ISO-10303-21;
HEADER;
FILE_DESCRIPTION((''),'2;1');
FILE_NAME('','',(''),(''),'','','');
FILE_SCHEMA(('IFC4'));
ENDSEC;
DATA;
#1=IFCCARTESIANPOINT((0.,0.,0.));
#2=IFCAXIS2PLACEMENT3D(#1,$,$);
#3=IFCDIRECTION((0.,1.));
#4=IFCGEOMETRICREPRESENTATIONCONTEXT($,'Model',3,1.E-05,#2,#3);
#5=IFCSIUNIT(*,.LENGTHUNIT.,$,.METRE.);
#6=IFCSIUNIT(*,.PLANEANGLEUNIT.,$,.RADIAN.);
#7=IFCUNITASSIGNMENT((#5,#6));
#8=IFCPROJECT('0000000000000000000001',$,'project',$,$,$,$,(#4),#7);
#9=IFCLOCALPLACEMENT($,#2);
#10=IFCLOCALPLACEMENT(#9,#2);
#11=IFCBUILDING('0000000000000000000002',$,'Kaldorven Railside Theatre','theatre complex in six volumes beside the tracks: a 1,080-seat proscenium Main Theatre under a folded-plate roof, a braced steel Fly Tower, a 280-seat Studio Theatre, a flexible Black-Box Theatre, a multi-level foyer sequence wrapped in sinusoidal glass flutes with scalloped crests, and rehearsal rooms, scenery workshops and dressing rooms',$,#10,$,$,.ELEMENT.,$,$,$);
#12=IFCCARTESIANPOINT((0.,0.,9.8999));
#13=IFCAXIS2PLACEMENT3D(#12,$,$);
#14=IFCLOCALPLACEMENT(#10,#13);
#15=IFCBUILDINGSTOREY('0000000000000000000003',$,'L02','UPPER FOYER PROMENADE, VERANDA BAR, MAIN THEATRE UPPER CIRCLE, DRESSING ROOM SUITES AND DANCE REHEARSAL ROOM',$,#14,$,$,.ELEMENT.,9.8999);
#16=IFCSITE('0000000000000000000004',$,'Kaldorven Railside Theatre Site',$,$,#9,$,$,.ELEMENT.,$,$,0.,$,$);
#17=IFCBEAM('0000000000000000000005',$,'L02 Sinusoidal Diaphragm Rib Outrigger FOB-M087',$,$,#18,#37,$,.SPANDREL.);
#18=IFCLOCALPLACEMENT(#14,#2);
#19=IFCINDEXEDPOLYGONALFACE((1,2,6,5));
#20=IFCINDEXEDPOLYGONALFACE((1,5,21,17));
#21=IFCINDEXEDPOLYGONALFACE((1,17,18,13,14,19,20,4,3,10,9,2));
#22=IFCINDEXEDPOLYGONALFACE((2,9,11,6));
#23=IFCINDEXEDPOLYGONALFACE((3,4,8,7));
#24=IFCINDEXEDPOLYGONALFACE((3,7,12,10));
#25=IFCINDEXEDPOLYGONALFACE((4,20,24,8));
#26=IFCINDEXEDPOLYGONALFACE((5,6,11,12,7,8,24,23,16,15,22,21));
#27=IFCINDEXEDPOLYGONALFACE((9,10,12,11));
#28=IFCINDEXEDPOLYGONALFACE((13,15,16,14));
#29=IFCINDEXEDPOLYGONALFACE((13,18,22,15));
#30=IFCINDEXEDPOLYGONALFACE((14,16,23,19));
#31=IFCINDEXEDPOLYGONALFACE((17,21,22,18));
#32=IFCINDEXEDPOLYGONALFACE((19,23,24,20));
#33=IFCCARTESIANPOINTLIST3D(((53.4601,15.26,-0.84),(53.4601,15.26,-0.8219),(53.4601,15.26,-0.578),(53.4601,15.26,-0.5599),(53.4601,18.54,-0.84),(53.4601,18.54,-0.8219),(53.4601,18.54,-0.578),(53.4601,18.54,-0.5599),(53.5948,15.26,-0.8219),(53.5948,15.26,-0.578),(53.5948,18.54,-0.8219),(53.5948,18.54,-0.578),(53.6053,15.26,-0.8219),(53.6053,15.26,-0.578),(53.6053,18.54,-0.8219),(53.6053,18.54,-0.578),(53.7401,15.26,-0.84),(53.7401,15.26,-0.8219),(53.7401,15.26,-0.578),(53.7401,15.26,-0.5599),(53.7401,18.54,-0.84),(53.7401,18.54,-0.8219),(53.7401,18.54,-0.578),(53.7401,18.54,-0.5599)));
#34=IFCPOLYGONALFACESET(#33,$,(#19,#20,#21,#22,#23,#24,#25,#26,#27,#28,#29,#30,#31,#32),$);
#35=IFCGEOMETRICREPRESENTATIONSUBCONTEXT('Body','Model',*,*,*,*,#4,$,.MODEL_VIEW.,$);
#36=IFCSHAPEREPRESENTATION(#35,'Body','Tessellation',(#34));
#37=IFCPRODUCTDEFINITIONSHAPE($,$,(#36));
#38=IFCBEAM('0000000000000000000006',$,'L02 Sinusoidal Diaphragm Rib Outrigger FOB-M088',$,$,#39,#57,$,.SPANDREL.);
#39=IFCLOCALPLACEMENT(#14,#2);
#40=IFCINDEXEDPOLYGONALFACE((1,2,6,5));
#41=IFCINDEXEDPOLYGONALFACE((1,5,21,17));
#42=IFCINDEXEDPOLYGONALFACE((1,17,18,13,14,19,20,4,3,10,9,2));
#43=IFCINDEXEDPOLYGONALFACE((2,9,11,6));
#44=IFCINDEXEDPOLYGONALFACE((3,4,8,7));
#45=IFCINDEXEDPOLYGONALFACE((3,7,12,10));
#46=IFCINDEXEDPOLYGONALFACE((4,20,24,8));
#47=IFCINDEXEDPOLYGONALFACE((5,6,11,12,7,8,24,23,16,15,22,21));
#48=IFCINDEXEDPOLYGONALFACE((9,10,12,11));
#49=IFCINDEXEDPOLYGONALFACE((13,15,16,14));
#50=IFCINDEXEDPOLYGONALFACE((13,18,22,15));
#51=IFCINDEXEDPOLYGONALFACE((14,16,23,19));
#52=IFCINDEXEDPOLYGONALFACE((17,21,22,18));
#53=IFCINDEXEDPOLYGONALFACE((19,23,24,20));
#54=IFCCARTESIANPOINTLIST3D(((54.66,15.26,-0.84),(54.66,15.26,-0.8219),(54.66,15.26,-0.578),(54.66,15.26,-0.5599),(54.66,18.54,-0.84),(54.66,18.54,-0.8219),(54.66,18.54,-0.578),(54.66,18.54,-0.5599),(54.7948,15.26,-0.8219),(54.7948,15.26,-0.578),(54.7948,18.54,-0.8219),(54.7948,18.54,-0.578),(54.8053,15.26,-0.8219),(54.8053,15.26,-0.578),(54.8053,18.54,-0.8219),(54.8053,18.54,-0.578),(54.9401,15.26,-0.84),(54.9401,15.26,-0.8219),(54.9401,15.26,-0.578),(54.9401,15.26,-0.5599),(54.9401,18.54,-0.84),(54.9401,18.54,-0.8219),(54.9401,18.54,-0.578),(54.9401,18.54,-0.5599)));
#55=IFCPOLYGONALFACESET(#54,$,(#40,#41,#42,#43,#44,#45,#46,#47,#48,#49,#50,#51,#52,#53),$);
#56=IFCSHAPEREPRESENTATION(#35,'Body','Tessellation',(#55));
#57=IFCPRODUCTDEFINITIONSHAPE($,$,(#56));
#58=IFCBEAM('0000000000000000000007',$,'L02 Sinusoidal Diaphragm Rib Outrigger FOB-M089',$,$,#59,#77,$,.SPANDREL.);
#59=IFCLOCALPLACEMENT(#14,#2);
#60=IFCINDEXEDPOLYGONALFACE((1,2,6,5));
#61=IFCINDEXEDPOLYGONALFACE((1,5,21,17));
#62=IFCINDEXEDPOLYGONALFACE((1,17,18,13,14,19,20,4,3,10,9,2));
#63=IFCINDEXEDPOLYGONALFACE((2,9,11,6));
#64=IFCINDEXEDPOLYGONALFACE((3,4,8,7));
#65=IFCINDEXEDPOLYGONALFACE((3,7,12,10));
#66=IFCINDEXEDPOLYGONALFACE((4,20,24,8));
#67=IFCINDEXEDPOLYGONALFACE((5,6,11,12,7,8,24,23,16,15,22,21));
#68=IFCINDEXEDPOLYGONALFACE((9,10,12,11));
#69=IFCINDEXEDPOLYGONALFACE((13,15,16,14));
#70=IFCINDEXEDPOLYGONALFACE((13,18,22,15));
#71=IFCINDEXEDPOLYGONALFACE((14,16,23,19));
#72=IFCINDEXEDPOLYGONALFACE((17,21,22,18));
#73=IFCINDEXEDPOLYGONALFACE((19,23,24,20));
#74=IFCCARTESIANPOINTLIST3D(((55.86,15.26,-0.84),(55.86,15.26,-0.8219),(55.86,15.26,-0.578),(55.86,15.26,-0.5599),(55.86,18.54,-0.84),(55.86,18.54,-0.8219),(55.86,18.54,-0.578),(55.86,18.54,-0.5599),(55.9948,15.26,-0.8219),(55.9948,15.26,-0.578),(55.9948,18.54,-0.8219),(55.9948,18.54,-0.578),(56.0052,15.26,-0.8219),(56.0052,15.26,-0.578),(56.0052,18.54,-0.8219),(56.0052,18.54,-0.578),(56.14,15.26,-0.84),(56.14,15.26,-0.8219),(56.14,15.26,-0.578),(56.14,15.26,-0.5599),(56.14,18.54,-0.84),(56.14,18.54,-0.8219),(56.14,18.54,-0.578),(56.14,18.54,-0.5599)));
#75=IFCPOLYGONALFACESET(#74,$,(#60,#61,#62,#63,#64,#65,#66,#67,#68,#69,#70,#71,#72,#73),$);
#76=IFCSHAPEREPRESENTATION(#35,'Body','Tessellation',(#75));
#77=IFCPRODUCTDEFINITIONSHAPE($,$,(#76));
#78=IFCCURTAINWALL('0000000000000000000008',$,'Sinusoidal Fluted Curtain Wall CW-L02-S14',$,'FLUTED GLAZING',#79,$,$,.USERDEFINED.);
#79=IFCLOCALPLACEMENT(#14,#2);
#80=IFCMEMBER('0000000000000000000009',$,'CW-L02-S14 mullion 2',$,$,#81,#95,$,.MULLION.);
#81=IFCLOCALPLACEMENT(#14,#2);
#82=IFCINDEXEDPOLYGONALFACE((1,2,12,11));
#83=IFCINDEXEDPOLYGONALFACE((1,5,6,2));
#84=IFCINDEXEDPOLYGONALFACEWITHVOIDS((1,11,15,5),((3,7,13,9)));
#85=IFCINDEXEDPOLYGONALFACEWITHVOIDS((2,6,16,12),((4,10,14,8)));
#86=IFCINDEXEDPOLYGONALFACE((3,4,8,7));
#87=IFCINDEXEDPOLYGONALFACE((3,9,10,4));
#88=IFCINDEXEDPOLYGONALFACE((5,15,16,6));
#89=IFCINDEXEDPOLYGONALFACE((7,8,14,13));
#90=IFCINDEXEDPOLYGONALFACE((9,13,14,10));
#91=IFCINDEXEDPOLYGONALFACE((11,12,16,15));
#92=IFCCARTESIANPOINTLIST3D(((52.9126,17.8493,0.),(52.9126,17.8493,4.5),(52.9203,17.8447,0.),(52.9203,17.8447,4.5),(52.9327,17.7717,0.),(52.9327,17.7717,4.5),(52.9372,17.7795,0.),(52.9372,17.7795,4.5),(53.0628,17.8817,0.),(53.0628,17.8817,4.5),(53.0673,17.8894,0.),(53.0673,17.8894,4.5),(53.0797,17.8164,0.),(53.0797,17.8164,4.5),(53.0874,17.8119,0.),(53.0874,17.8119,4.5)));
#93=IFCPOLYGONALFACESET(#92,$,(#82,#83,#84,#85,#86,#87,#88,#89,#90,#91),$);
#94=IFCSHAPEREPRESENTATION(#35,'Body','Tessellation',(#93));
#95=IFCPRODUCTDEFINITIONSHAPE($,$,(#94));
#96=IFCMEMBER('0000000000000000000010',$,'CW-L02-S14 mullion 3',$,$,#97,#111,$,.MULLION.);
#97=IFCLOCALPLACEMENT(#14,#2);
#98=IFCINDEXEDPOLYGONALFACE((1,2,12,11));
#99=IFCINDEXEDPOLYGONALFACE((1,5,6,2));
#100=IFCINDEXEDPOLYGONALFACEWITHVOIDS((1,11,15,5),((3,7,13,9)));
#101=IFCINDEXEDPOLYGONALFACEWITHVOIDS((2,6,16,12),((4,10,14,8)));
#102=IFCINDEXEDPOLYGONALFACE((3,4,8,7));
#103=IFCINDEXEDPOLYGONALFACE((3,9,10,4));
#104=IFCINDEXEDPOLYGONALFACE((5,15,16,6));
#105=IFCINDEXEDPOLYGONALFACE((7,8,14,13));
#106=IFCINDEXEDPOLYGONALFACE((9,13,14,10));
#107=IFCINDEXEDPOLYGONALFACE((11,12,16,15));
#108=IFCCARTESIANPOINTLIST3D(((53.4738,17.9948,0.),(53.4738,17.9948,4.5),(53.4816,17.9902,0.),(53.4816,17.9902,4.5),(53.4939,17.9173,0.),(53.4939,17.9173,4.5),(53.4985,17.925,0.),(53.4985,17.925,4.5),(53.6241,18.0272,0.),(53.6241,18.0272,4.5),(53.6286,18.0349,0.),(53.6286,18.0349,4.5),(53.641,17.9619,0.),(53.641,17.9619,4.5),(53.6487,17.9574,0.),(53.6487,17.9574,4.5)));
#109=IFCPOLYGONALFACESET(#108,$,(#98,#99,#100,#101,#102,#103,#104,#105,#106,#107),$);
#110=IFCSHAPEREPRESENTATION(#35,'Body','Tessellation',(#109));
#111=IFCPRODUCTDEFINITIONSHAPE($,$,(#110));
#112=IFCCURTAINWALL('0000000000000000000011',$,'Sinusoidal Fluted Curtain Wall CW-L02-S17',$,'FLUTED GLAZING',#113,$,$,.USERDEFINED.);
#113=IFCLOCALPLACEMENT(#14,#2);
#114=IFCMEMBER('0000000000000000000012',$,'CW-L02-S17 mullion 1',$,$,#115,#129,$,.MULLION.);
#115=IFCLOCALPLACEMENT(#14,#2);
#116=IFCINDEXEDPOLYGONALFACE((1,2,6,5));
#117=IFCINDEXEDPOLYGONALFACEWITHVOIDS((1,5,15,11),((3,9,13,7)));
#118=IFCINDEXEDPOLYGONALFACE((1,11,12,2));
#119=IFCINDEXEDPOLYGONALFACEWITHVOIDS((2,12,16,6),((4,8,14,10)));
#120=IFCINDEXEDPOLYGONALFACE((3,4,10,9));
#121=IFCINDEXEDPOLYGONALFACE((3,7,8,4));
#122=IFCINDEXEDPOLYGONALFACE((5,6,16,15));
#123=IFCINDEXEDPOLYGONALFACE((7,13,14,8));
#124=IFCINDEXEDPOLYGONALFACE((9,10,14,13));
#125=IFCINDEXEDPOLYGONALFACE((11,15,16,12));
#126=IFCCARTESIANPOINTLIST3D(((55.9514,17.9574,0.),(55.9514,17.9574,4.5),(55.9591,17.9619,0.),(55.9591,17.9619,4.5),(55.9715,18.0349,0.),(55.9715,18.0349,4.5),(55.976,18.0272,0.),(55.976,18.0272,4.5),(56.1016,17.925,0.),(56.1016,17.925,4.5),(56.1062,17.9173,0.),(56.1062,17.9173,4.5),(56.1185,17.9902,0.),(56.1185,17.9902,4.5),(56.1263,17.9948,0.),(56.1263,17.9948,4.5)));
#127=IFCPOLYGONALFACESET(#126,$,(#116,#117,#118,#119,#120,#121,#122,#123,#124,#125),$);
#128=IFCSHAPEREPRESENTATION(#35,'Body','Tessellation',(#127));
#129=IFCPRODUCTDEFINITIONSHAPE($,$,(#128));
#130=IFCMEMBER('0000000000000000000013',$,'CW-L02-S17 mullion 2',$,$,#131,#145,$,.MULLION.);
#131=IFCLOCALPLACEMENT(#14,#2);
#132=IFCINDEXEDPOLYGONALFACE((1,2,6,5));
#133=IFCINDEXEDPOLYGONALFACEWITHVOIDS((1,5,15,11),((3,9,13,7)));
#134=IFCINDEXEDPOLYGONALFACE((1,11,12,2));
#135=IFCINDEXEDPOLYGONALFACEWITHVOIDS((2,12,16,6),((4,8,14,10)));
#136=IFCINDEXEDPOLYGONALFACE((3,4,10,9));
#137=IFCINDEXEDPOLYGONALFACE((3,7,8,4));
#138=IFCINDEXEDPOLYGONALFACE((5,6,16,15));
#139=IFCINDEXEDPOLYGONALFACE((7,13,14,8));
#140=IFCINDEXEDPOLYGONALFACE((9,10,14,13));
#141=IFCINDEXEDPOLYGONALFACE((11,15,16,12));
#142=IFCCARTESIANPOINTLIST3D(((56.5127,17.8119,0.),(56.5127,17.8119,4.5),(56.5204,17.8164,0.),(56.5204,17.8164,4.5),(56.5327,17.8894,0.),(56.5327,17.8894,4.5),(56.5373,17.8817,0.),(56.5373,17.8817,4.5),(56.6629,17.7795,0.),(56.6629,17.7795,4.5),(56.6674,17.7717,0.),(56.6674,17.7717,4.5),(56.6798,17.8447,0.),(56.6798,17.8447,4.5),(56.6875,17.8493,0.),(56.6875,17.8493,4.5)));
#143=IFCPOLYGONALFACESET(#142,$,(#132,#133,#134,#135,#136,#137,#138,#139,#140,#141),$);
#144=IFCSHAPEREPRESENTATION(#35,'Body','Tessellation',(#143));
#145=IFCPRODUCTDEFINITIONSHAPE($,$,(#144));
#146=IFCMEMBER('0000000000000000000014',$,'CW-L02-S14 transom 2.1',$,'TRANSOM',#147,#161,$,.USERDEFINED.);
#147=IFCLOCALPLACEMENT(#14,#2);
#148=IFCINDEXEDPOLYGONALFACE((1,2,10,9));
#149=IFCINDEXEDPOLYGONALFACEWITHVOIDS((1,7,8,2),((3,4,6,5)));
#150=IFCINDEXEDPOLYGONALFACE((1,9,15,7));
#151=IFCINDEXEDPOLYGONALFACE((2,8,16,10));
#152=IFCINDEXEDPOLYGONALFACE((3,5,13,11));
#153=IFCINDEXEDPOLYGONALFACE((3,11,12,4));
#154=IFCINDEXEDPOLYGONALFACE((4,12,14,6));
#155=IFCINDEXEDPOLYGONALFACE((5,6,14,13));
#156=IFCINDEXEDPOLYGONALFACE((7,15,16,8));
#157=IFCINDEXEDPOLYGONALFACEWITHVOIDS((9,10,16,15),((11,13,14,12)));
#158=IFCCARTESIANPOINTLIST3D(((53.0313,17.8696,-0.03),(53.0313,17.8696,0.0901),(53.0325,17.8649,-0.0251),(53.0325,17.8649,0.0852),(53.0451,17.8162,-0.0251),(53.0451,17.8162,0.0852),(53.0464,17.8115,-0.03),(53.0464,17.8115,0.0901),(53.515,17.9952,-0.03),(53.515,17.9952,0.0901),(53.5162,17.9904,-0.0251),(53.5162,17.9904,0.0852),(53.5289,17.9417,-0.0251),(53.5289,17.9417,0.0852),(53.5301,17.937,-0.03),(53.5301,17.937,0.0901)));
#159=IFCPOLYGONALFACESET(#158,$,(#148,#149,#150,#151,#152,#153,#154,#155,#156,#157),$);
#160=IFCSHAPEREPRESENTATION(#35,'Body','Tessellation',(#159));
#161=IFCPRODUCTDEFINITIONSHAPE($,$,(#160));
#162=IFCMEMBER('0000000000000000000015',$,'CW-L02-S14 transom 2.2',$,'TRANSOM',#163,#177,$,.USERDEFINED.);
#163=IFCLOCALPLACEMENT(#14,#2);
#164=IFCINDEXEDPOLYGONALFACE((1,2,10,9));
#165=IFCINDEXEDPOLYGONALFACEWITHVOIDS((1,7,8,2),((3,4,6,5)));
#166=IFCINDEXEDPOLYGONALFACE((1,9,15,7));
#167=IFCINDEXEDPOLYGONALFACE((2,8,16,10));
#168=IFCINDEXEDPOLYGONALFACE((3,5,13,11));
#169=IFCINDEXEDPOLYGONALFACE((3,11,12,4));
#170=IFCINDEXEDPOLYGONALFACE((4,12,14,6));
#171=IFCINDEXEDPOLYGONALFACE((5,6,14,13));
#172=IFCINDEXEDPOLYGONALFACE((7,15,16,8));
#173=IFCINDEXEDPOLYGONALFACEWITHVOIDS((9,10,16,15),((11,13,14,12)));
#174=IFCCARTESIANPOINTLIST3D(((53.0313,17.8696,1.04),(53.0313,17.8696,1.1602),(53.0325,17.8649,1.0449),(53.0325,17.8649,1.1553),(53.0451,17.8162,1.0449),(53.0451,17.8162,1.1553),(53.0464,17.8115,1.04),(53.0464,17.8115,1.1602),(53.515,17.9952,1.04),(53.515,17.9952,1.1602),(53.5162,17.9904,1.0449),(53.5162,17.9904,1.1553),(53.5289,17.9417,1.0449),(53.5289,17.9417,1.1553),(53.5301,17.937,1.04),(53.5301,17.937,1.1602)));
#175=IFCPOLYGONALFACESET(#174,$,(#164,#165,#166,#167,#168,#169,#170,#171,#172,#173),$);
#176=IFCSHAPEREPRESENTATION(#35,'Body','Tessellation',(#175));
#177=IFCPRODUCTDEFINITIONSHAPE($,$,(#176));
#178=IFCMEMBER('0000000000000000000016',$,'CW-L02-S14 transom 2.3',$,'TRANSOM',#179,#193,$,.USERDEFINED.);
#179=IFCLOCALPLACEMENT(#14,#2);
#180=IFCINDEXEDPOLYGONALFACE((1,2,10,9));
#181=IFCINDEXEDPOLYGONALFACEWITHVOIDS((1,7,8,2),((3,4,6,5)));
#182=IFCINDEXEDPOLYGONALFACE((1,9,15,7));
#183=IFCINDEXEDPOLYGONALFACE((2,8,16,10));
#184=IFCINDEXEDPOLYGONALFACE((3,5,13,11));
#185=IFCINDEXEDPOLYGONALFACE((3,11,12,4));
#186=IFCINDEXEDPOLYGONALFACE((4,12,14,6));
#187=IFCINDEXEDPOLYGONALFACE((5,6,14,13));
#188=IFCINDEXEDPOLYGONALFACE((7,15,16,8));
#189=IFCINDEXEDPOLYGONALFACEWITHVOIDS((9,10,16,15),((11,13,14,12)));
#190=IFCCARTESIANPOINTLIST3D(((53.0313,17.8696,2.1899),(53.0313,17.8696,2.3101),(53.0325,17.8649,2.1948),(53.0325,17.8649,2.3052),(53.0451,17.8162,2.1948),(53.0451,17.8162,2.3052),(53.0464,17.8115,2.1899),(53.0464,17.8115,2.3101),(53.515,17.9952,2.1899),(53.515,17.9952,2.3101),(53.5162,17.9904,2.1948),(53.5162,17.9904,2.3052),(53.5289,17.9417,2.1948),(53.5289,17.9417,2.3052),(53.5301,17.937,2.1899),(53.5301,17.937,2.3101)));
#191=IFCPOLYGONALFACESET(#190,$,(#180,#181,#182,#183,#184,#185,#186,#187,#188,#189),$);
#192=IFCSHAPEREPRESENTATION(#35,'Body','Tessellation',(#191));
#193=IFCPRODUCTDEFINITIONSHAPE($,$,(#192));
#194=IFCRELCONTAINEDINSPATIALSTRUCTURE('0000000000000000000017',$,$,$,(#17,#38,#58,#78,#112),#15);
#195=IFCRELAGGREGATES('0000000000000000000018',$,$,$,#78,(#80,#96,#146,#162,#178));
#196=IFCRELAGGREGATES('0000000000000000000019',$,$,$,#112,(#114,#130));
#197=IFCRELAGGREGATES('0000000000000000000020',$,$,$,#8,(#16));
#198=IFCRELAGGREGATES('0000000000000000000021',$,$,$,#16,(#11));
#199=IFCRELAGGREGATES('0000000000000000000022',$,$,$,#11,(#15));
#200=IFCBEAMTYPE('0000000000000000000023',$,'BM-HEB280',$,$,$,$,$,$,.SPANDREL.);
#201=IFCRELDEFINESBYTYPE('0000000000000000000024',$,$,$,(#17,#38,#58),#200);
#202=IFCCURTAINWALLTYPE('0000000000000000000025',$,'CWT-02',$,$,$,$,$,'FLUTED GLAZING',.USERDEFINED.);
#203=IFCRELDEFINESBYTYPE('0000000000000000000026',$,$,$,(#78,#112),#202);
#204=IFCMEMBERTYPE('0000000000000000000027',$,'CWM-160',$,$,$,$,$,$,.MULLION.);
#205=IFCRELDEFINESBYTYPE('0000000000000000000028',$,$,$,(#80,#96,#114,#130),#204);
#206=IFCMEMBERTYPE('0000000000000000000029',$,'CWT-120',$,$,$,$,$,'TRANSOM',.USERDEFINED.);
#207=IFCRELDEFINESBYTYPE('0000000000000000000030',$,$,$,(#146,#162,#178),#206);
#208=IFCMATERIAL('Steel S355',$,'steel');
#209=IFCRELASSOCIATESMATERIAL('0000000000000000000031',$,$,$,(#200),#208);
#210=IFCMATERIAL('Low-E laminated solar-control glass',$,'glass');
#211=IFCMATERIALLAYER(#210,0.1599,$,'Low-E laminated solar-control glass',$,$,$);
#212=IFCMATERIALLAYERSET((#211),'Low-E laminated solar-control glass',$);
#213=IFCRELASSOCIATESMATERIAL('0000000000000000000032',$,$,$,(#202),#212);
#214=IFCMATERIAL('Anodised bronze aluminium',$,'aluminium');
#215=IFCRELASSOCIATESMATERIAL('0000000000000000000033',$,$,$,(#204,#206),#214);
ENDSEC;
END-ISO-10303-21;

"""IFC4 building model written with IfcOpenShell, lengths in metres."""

from ifc_helpers import new_model, si_unit, direction, frame, origin, origin_2d, place, context, subcontext, project, spatial, hollow_rectangle, i_section, extrude, material, layer, layer_set, material_profile, profile_set, type_object, element, aggregate, save


model = new_model("IFC4")

# Units and contexts
model_context = context("Model", 3, precision=1e-05, world=origin(), true_north=direction((0.0, 1.0)))
body_context = subcontext(model_context, "Body", "Model", "MODEL_VIEW")
ifc_project = project(units=[si_unit("LENGTHUNIT", "METRE"), si_unit("PLANEANGLEUNIT", "RADIAN")], contexts=[model_context])

# Site, building, storey
site_placement = place(None, origin())
site = spatial("IfcSite", under=ifc_project, at=site_placement, Name="Kaldorven Railside Theatre Site", CompositionType="ELEMENT", RefElevation=0.0)
building_placement = place(site_placement, origin())
building = spatial("IfcBuilding", under=site, at=building_placement, Name="Kaldorven Railside Theatre", Description="theatre complex in six volumes beside the tracks: a 1,080-seat proscenium Main Theatre under a folded-plate roof, a braced steel Fly Tower, a 280-seat Studio Theatre, a flexible Black-Box Theatre, a multi-level foyer sequence wrapped in sinusoidal glass flutes with scalloped crests, and rehearsal rooms, scenery workshops and dressing rooms", CompositionType="ELEMENT")
storey_placement = place(building_placement, frame((0.0, 0.0, 9.8999)))
storey = spatial("IfcBuildingStorey", under=building, at=storey_placement, Name="L02", Description="UPPER FOYER PROMENADE, VERANDA BAR, MAIN THEATRE UPPER CIRCLE, DRESSING ROOM SUITES AND DANCE REHEARSAL ROOM", CompositionType="ELEMENT", Elevation=9.8999)

# Beams
ifc_material_1 = material(Name="Steel S355", Category="steel")
ifc_material_profile_1 = material_profile(ifc_material_1, i_section(OverallWidth=0.28, OverallDepth=0.28, WebThickness=0.0105, FlangeThickness=0.0181, at=origin_2d()), Name="HEB 280")
ifc_profile_set_1 = profile_set([ifc_material_profile_1], Name="Steel S355")
beam_type = type_object("IfcBeamType", Name="BM-HEB280", PredefinedType="SPANDREL", material=ifc_profile_set_1)
for number, where, z_axis, x_axis, name in (
    (1, (53.6001, 15.26, -0.7), (0.0, 1.0, 0.0), (-1.0, 0.0, 0.0), "L02 Sinusoidal Diaphragm Rib Outrigger FOB-M087"),
    (2, (54.8, 15.26, -0.7), (0.0, 1.0, 0.0), (-1.0, 0.0, 0.0), "L02 Sinusoidal Diaphragm Rib Outrigger FOB-M088"),
    (3, (56.0, 15.26, -0.7), (0.0, 1.0, 0.0), (-1.0, 0.0, 0.0), "L02 Sinusoidal Diaphragm Rib Outrigger FOB-M089"),
):
    element("IfcBeam", number, at=place(storey_placement, frame(where, z_axis=z_axis, x_axis=x_axis)), inside=storey, type_object=beam_type, Name=name, PredefinedType="SPANDREL", context=body_context, shape_type="SweptSolid", body=[
        extrude(i_section(OverallWidth=0.28, OverallDepth=0.28, WebThickness=0.0105, FlangeThickness=0.0181, at=origin_2d()), origin(), (0.0, 0.0, 1.0), 3.28),
    ])

# Curtain walls, members
ifc_material_2 = material(Name="Low-E laminated solar-control glass", Category="glass")
ifc_layer_1 = layer(ifc_material_2, 0.1599, Name="Low-E laminated solar-control glass")
ifc_layer_set_1 = layer_set([ifc_layer_1], Name="Low-E laminated solar-control glass")
curtain_wall_type = type_object("IfcCurtainWallType", Name="CWT-02", ElementType="FLUTED GLAZING", PredefinedType="USERDEFINED", material=ifc_layer_set_1)
curtain_wall_1_placement = place(storey_placement, origin())
curtain_wall_1 = element("IfcCurtainWall", 4, at=curtain_wall_1_placement, inside=storey, type_object=curtain_wall_type, Name="Sinusoidal Fluted Curtain Wall CW-L02-S14", ObjectType="FLUTED GLAZING", PredefinedType="USERDEFINED")
ifc_material_3 = material(Name="Anodised bronze aluminium", Category="aluminium")
ifc_material_profile_2 = material_profile(ifc_material_3, hollow_rectangle(XDim=0.0801, YDim=0.1599, WallThickness=0.0063, at=origin_2d()), Name="RHS 160x80x6.3")
ifc_profile_set_2 = profile_set([ifc_material_profile_2], Name="Anodised bronze aluminium")
member_type_1 = type_object("IfcMemberType", Name="CWM-160", PredefinedType="MULLION", material=ifc_profile_set_2)
member_1_placement = place(storey_placement, frame((53.0, 17.8306, 0.0), z_axis=(0.0, 0.0, 1.0), x_axis=(-0.250954, 0.967999, 0.0)))
member_1 = element("IfcMember", 5, at=member_1_placement, type_object=member_type_1, Name="CW-L02-S14 mullion 2", PredefinedType="MULLION", context=body_context, shape_type="SweptSolid", body=[
    extrude(hollow_rectangle(XDim=0.0801, YDim=0.1599, WallThickness=0.0063, at=origin_2d()), origin(), (0.0, 0.0, 1.0), 4.5),
])
member_2_placement = place(storey_placement, frame((53.5613, 17.9761, 0.0), z_axis=(0.0, 0.0, 1.0), x_axis=(-0.250954, 0.967999, 0.0)))
member_2 = element("IfcMember", 6, at=member_2_placement, type_object=member_type_1, Name="CW-L02-S14 mullion 3", PredefinedType="MULLION", context=body_context, shape_type="SweptSolid", body=[
    extrude(hollow_rectangle(XDim=0.0801, YDim=0.1599, WallThickness=0.0063, at=origin_2d()), origin(), (0.0, 0.0, 1.0), 4.5),
])
curtain_wall_2_placement = place(storey_placement, origin())
curtain_wall_2 = element("IfcCurtainWall", 7, at=curtain_wall_2_placement, inside=storey, type_object=curtain_wall_type, Name="Sinusoidal Fluted Curtain Wall CW-L02-S17", ObjectType="FLUTED GLAZING", PredefinedType="USERDEFINED")
member_3_placement = place(storey_placement, frame((56.0388, 17.9761, 0.0), z_axis=(0.0, 0.0, 1.0), x_axis=(0.250954, 0.967999, 0.0)))
member_3 = element("IfcMember", 8, at=member_3_placement, type_object=member_type_1, Name="CW-L02-S17 mullion 1", PredefinedType="MULLION", context=body_context, shape_type="SweptSolid", body=[
    extrude(hollow_rectangle(XDim=0.0801, YDim=0.1599, WallThickness=0.0063, at=origin_2d()), origin(), (0.0, 0.0, 1.0), 4.5),
])
member_4_placement = place(storey_placement, frame((56.6001, 17.8306, 0.0), z_axis=(0.0, 0.0, 1.0), x_axis=(0.250954, 0.967999, 0.0)))
member_4 = element("IfcMember", 9, at=member_4_placement, type_object=member_type_1, Name="CW-L02-S17 mullion 2", PredefinedType="MULLION", context=body_context, shape_type="SweptSolid", body=[
    extrude(hollow_rectangle(XDim=0.0801, YDim=0.1599, WallThickness=0.0063, at=origin_2d()), origin(), (0.0, 0.0, 1.0), 4.5),
])

# Members
ifc_material_profile_3 = material_profile(ifc_material_3, hollow_rectangle(XDim=0.0601, YDim=0.1201, WallThickness=0.0049, at=origin_2d()), Name="RHS 120x60x5")
ifc_profile_set_3 = profile_set([ifc_material_profile_3], Name="Anodised bronze aluminium")
member_type_2 = type_object("IfcMemberType", Name="CWT-120", ElementType="TRANSOM", PredefinedType="USERDEFINED", material=ifc_profile_set_3)
member_5_placement = place(storey_placement, frame((53.0388, 17.8406, 0.03), z_axis=(0.967949, 0.251149, 0.0), x_axis=(-0.251149, 0.967949, 0.0)))
member_5 = element("IfcMember", 10, at=member_5_placement, type_object=member_type_2, Name="CW-L02-S14 transom 2.1", ObjectType="TRANSOM", PredefinedType="USERDEFINED", context=body_context, shape_type="SweptSolid", body=[
    extrude(hollow_rectangle(XDim=0.0601, YDim=0.1201, WallThickness=0.0049, at=origin_2d()), origin(), (0.0, 0.0, 1.0), 0.4998),
])
member_6_placement = place(storey_placement, frame((53.0388, 17.8406, 1.1001), z_axis=(0.967949, 0.251149, 0.0), x_axis=(-0.251149, 0.967949, 0.0)))
member_6 = element("IfcMember", 11, at=member_6_placement, type_object=member_type_2, Name="CW-L02-S14 transom 2.2", ObjectType="TRANSOM", PredefinedType="USERDEFINED", context=body_context, shape_type="SweptSolid", body=[
    extrude(hollow_rectangle(XDim=0.0601, YDim=0.1201, WallThickness=0.0049, at=origin_2d()), origin(), (0.0, 0.0, 1.0), 0.4998),
])
member_7_placement = place(storey_placement, frame((53.0388, 17.8406, 2.25), z_axis=(0.967949, 0.251149, 0.0), x_axis=(-0.251149, 0.967949, 0.0)))
member_7 = element("IfcMember", 12, at=member_7_placement, type_object=member_type_2, Name="CW-L02-S14 transom 2.3", ObjectType="TRANSOM", PredefinedType="USERDEFINED", context=body_context, shape_type="SweptSolid", body=[
    extrude(hollow_rectangle(XDim=0.0601, YDim=0.1201, WallThickness=0.0049, at=origin_2d()), origin(), (0.0, 0.0, 1.0), 0.4998),
])

aggregate(curtain_wall_1, [member_1, member_2, member_5, member_6, member_7])
aggregate(curtain_wall_2, [member_3, member_4])

save(model, "model.ifc")
